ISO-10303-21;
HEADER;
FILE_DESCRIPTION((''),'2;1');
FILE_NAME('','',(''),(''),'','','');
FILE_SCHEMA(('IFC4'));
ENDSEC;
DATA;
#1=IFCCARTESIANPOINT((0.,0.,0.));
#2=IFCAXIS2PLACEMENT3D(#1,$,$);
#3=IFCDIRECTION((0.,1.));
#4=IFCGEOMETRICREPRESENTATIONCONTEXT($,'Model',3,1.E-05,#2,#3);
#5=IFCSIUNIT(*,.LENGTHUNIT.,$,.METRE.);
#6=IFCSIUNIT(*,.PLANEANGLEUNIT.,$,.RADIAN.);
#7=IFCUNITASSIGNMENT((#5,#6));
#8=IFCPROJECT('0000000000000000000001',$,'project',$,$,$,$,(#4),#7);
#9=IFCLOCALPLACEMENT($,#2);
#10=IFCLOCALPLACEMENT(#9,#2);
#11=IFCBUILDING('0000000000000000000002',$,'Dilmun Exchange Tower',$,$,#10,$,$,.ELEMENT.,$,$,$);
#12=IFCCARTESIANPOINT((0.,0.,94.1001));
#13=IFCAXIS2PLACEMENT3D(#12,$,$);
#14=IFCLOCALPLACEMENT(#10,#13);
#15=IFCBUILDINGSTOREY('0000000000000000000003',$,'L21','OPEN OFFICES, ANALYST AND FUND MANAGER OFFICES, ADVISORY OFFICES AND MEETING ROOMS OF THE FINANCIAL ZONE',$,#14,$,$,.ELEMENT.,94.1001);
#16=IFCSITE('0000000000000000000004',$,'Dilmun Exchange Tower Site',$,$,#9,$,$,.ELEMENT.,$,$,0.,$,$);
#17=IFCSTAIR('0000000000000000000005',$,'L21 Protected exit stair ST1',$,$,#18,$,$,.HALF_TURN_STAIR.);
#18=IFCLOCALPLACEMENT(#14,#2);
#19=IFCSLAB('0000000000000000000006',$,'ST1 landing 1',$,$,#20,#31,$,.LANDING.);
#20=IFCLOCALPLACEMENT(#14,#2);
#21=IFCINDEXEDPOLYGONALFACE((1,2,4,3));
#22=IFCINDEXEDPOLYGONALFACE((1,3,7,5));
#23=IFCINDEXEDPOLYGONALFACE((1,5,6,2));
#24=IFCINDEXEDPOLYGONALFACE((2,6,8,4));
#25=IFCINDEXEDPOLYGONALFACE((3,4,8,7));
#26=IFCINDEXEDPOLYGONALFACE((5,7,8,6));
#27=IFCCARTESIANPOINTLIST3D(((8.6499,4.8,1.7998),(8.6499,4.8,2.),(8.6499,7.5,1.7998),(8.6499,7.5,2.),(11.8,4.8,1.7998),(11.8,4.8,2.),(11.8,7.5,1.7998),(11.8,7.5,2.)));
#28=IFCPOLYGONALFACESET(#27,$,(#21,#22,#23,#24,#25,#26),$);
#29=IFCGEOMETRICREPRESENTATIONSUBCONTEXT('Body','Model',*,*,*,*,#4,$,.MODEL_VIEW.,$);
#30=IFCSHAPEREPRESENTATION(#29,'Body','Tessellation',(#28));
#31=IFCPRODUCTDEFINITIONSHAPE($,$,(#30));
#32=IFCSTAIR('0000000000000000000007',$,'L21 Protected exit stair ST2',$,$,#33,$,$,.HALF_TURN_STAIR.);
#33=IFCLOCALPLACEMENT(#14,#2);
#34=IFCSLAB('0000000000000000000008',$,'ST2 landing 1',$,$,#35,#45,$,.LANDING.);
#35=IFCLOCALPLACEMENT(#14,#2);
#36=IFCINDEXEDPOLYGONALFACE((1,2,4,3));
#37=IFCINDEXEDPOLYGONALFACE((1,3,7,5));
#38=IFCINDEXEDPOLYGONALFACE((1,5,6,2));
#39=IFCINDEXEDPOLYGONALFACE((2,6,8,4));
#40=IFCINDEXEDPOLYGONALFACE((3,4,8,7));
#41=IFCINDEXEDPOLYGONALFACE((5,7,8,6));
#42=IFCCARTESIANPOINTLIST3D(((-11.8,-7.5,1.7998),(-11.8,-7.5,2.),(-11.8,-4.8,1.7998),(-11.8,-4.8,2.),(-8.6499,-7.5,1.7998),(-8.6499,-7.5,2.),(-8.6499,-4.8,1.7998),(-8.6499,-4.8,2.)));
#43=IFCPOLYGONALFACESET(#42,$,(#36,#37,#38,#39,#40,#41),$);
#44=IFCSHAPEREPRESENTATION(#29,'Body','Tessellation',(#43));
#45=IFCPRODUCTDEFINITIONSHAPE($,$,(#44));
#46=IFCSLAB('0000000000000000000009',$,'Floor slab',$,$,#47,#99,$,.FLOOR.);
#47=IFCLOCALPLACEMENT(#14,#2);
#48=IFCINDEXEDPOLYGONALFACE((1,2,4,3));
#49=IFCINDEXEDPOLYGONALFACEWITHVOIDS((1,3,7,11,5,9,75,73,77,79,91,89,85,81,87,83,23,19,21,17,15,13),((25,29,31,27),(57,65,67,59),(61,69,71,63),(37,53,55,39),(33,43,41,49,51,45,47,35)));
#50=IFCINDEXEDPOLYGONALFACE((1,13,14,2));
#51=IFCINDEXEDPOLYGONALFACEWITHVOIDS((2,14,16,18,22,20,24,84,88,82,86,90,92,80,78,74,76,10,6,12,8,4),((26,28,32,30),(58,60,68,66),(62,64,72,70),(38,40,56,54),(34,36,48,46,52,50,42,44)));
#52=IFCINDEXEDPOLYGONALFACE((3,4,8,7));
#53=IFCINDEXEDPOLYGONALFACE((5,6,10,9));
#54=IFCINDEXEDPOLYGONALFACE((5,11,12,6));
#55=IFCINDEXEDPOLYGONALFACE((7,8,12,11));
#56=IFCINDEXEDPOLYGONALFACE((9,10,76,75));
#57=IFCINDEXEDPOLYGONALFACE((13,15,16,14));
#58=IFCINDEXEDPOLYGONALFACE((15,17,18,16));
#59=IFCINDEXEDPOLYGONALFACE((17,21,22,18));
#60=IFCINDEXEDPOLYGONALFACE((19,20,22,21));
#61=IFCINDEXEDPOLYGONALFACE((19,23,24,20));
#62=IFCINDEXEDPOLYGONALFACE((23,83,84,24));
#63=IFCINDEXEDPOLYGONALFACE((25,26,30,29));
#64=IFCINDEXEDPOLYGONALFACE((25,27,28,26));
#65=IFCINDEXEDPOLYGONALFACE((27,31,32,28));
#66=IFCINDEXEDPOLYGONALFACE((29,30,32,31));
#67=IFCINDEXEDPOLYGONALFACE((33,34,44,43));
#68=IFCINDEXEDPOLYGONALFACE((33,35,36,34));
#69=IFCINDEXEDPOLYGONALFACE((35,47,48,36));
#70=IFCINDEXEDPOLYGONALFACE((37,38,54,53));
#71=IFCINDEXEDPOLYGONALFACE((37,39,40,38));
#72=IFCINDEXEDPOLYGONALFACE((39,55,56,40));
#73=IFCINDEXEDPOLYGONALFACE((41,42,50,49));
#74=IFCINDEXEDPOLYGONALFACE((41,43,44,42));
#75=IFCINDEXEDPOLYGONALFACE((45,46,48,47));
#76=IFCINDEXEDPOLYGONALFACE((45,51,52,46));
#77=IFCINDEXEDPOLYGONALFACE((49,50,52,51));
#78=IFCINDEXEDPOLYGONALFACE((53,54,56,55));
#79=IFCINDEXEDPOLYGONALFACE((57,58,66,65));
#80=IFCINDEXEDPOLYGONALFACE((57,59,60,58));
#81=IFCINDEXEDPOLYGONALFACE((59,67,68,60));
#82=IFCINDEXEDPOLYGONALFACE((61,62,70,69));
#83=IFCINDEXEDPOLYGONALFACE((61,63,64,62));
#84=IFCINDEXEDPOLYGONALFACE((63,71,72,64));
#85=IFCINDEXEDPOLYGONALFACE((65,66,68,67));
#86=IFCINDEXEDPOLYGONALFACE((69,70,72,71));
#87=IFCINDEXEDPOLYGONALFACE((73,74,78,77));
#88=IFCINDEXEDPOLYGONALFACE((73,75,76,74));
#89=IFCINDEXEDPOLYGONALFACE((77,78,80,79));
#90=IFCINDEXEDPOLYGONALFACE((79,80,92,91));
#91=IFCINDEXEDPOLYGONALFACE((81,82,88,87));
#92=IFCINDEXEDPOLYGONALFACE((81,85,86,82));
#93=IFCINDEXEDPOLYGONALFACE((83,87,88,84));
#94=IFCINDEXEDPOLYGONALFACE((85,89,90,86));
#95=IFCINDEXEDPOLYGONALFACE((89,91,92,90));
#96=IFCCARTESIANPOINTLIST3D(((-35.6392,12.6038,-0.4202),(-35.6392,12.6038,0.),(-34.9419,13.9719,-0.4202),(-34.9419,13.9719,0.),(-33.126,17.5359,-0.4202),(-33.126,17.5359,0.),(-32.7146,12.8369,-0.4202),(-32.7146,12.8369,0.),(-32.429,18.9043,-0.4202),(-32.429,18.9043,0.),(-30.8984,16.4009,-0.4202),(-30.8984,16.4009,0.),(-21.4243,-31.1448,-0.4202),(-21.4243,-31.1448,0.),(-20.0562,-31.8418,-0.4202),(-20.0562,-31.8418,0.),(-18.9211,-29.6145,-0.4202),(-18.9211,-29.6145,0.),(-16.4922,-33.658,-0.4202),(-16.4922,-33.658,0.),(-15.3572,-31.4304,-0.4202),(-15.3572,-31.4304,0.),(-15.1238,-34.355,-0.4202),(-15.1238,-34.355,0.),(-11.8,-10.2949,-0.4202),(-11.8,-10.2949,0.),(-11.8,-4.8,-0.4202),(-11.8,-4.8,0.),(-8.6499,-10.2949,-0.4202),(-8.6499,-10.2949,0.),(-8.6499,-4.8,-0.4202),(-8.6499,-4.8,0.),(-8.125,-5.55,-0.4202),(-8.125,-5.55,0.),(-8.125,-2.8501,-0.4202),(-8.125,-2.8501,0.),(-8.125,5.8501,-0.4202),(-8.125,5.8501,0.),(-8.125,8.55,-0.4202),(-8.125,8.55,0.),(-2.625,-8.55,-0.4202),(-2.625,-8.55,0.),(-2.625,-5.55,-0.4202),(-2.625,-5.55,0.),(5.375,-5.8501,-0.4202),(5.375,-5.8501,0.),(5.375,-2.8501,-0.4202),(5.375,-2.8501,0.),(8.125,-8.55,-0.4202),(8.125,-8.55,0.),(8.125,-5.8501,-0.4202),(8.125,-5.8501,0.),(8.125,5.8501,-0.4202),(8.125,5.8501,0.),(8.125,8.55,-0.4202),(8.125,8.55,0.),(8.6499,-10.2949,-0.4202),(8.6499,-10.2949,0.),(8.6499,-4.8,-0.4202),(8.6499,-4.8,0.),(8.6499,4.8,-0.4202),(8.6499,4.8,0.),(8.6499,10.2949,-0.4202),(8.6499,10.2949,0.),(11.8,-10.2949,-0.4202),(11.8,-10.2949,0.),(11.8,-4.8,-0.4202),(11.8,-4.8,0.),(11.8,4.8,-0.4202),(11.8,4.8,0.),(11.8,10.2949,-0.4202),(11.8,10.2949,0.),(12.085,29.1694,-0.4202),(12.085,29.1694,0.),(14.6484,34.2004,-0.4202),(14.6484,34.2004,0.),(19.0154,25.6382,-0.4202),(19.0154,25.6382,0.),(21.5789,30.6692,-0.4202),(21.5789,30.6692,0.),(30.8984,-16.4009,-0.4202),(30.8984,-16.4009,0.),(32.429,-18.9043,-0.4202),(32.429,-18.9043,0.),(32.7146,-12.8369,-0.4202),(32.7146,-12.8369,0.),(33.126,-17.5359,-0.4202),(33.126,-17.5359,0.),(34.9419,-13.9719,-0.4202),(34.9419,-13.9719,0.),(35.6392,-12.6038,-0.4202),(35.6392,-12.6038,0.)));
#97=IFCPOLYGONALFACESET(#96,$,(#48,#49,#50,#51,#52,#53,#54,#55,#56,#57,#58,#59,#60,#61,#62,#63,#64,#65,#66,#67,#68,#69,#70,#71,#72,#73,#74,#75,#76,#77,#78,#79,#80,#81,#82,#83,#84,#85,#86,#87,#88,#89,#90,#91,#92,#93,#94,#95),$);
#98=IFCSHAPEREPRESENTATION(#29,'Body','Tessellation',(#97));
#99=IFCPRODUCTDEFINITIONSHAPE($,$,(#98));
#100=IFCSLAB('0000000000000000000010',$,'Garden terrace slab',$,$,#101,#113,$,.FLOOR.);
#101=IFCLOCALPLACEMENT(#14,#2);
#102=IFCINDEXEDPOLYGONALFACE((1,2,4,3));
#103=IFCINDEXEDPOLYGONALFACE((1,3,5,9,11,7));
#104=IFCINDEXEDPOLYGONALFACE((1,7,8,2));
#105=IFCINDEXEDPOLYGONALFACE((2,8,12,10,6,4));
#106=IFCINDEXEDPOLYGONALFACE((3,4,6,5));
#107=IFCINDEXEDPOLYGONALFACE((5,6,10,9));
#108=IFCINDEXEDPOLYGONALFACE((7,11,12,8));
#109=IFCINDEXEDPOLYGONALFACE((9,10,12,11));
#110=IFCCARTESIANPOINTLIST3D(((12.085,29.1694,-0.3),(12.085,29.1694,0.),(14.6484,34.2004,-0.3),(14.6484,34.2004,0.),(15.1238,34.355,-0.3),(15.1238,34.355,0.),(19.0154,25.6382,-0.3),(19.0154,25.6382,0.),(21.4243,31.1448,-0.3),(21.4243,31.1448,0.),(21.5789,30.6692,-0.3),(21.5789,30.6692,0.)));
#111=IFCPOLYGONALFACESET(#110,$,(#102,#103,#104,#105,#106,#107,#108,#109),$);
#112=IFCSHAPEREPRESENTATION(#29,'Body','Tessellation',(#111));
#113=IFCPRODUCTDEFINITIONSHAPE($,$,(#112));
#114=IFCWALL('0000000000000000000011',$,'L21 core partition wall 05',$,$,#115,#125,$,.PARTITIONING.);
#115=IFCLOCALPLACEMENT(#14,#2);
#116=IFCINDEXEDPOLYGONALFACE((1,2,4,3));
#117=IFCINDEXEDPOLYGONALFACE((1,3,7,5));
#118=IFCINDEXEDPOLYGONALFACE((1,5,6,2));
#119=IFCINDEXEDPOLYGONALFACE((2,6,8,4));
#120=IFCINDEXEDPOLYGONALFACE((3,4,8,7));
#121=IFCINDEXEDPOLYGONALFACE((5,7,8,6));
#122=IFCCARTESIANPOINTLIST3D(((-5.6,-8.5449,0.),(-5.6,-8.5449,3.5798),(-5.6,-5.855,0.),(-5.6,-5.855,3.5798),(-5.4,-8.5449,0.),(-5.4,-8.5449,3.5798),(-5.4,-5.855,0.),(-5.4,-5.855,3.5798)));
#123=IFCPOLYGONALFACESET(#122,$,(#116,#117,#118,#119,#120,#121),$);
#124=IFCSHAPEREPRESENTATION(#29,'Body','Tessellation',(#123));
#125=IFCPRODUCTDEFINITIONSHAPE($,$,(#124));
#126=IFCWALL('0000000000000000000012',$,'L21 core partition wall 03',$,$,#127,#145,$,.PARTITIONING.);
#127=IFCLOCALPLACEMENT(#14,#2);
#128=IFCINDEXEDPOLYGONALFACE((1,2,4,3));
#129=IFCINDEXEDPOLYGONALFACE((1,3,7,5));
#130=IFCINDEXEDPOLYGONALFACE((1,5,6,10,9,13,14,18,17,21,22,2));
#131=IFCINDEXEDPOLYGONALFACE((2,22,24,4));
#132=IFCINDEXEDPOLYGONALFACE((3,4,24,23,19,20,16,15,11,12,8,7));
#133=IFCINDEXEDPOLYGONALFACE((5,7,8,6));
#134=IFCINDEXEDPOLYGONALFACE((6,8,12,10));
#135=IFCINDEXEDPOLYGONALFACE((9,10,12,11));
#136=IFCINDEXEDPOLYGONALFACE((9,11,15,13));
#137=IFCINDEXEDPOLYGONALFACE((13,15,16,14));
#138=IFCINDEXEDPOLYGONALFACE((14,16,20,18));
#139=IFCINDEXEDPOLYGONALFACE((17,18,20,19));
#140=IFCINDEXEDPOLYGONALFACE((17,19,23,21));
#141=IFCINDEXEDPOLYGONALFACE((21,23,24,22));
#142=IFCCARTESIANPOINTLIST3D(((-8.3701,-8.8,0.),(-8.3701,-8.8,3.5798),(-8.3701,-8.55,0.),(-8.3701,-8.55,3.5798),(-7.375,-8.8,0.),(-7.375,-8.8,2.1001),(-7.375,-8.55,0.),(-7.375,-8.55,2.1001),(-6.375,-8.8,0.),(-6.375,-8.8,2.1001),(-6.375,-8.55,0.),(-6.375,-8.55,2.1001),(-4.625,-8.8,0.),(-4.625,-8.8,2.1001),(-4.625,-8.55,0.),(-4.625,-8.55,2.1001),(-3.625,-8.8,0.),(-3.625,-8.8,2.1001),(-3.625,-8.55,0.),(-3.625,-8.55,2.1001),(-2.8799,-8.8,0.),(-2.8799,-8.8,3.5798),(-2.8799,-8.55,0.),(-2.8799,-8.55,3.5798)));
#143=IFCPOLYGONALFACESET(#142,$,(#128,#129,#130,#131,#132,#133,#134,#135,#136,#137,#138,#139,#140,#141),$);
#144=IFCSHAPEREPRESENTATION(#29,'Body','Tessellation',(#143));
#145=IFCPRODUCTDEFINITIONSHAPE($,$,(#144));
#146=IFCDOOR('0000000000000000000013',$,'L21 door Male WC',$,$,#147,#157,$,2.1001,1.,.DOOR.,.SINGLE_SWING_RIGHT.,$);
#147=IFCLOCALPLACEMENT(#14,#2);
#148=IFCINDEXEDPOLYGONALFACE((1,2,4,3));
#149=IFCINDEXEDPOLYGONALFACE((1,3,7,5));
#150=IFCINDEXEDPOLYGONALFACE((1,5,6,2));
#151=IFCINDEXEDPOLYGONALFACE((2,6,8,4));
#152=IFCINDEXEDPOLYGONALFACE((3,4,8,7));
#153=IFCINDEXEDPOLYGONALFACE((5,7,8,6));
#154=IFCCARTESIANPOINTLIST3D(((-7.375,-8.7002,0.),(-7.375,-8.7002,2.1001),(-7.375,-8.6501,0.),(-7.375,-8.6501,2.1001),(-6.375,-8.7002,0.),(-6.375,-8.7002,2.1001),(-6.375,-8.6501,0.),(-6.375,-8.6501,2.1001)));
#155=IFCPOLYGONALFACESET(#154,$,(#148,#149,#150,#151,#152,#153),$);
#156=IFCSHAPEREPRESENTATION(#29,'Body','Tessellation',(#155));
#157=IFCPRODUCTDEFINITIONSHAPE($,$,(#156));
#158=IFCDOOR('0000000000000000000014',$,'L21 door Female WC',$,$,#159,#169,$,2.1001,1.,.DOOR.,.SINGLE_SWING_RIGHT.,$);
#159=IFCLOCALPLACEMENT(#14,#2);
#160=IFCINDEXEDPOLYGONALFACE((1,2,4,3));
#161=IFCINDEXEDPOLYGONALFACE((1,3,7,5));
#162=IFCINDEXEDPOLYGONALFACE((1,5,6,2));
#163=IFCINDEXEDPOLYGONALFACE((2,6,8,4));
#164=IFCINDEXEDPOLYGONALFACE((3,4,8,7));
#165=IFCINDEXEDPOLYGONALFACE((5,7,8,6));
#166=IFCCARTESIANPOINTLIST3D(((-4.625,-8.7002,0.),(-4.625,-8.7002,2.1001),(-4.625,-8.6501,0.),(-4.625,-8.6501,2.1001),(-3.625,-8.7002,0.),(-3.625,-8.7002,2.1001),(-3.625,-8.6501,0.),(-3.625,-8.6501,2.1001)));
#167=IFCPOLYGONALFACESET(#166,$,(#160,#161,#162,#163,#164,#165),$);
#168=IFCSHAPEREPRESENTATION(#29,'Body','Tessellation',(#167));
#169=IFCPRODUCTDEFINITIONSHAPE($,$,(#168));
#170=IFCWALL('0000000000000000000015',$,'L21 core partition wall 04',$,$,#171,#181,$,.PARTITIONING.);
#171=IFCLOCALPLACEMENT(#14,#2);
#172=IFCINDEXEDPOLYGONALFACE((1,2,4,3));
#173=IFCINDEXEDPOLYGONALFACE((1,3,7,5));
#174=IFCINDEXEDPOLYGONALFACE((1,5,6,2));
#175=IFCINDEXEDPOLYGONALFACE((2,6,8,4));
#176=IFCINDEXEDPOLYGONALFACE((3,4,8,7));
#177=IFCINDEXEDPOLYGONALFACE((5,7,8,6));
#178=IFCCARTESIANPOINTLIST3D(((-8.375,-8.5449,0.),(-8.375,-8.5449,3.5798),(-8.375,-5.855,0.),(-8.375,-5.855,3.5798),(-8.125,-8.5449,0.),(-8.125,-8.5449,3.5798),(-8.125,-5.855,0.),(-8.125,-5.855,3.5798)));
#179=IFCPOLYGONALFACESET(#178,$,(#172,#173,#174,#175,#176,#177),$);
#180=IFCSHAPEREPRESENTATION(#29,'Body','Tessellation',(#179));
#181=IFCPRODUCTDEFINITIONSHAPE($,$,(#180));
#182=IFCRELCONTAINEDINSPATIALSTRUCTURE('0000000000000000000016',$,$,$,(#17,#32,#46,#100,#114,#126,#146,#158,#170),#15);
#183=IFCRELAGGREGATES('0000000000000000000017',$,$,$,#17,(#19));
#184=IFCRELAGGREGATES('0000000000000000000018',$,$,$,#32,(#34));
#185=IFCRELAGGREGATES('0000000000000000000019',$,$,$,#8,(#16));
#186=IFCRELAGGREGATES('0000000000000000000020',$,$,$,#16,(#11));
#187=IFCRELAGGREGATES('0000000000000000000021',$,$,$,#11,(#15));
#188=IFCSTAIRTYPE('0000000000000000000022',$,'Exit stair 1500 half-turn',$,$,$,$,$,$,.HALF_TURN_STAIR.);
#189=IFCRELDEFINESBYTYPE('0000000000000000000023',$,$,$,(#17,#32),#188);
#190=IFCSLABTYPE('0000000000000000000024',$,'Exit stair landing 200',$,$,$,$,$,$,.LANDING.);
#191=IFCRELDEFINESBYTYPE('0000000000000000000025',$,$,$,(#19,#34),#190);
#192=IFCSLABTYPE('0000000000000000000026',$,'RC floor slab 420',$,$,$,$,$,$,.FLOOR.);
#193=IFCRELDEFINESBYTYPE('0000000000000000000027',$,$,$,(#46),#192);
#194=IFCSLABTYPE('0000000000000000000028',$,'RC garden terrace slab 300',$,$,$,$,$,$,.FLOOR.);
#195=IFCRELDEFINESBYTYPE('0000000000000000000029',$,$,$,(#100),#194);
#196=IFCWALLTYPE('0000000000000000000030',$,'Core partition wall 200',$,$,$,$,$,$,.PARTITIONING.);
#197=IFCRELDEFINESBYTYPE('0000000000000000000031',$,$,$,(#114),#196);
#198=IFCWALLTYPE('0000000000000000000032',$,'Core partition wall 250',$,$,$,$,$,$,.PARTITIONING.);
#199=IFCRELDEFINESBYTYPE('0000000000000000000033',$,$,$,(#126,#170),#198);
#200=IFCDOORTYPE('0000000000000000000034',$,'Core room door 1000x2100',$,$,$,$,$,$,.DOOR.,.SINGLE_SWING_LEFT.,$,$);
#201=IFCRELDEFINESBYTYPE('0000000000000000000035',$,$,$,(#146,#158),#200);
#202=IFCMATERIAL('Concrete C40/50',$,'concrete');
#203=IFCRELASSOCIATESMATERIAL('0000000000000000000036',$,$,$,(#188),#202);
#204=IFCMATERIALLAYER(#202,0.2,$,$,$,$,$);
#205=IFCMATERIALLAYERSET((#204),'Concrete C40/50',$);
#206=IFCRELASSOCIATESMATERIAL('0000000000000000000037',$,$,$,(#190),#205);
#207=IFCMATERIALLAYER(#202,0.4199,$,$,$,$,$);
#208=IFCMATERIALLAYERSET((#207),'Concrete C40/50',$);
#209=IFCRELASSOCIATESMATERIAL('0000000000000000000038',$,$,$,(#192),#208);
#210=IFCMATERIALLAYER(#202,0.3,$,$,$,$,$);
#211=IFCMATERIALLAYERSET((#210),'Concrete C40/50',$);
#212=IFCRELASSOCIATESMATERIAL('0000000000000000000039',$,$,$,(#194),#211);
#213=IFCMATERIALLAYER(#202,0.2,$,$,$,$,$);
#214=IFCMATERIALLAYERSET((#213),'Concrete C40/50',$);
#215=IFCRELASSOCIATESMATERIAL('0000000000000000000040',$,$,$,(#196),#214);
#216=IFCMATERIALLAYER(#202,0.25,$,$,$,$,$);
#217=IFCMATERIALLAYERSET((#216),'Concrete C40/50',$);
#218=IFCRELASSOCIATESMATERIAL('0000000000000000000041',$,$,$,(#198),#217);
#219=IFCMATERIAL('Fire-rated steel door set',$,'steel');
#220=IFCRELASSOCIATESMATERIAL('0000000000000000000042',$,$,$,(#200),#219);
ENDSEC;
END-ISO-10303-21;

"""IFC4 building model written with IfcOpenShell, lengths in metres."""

from ifc_helpers import new_model, si_unit, direction, frame, frame_2d, origin, place, context, subcontext, project, spatial, polyline, rectangle, outline, extrude, material, layer, layer_set, type_object, element, fill, aggregate, save


model = new_model("IFC4")

# Units and contexts
model_context = context("Model", 3, precision=1e-05, world=origin(), true_north=direction((0.0, 1.0)))
body_context = subcontext(model_context, "Body", "Model", "MODEL_VIEW")
ifc_project = project(units=[si_unit("LENGTHUNIT", "METRE"), si_unit("PLANEANGLEUNIT", "RADIAN")], contexts=[model_context])

# Site, building, storey
site_placement = place(None, origin())
site = spatial("IfcSite", under=ifc_project, at=site_placement, Name="Dilmun Exchange Tower Site", CompositionType="ELEMENT", RefElevation=0.0)
building_placement = place(site_placement, origin())
building = spatial("IfcBuilding", under=site, at=building_placement, Name="Dilmun Exchange Tower", CompositionType="ELEMENT")
storey_placement = place(building_placement, frame((0.0, 0.0, 94.1001)))
storey = spatial("IfcBuildingStorey", under=building, at=storey_placement, Name="L21", Description="OPEN OFFICES, ANALYST AND FUND MANAGER OFFICES, ADVISORY OFFICES AND MEETING ROOMS OF THE FINANCIAL ZONE", CompositionType="ELEMENT", Elevation=94.1001)

# Stairs, slabs
ifc_material_1 = material(Name="Concrete C40/50", Category="concrete")
stair_type = type_object("IfcStairType", Name="Exit stair 1500 half-turn", PredefinedType="HALF_TURN_STAIR", material=ifc_material_1)
stair_1_placement = place(storey_placement, origin())
stair_1 = element("IfcStair", 1, at=stair_1_placement, inside=storey, type_object=stair_type, Name="L21 Protected exit stair ST1", PredefinedType="HALF_TURN_STAIR")
ifc_layer_1 = layer(ifc_material_1, 0.2)
ifc_layer_set_1 = layer_set([ifc_layer_1], Name="Concrete C40/50")
slab_type_1 = type_object("IfcSlabType", Name="Exit stair landing 200", PredefinedType="LANDING", material=ifc_layer_set_1)
slab_1_placement = place(storey_placement, frame((0.0, 0.0, 1.7998)))
slab_1 = element("IfcSlab", 2, at=slab_1_placement, type_object=slab_type_1, Name="ST1 landing 1", PredefinedType="LANDING", context=body_context, shape_type="SweptSolid", body=[
    extrude(outline(polyline([(8.6499, 7.5), (8.6499, 4.8), (11.8, 4.8), (11.8, 7.5), (8.6499, 7.5)])), origin(), (0.0, 0.0, 1.0), 0.2002),
])
aggregate(stair_1, [slab_1])
stair_2_placement = place(storey_placement, origin())
stair_2 = element("IfcStair", 3, at=stair_2_placement, inside=storey, type_object=stair_type, Name="L21 Protected exit stair ST2", PredefinedType="HALF_TURN_STAIR")
slab_2_placement = place(storey_placement, frame((0.0, 0.0, 1.7998)))
slab_2 = element("IfcSlab", 4, at=slab_2_placement, type_object=slab_type_1, Name="ST2 landing 1", PredefinedType="LANDING", context=body_context, shape_type="SweptSolid", body=[
    extrude(outline(polyline([(-8.6499, -7.5), (-8.6499, -4.8), (-11.8, -4.8), (-11.8, -7.5), (-8.6499, -7.5)])), origin(), (0.0, 0.0, 1.0), 0.2002),
])
aggregate(stair_2, [slab_2])

# Slabs
ifc_layer_2 = layer(ifc_material_1, 0.4199)
ifc_layer_set_2 = layer_set([ifc_layer_2], Name="Concrete C40/50")
slab_type_2 = type_object("IfcSlabType", Name="RC floor slab 420", PredefinedType="FLOOR", material=ifc_layer_set_2)
slab_3_placement = place(storey_placement, frame((0.0, 0.0, -0.4202)))
element("IfcSlab", 5, at=slab_3_placement, inside=storey, type_object=slab_type_2, Name="Floor slab", PredefinedType="FLOOR", context=body_context, shape_type="SweptSolid", body=[
    extrude(outline(polyline([(34.9419, -13.9719), (32.7146, -12.8369), (30.8984, -16.4009), (33.126, -17.5359), (32.429, -18.9043), (-15.1238, -34.355), (-16.4922, -33.658), (-15.3572, -31.4304), (-18.9211, -29.6145), (-20.0562, -31.8418), (-21.4243, -31.1448), (-35.6392, 12.6038), (-34.9419, 13.9719), (-32.7146, 12.8369), (-30.8984, 16.4009), (-33.126, 17.5359), (-32.429, 18.9043), (14.6484, 34.2004), (12.085, 29.1694), (19.0154, 25.6382), (21.5789, 30.6692), (35.6392, -12.6038), (34.9419, -13.9719)]), holes=[polyline([(-8.6499, -4.8), (-11.8, -4.8), (-11.8, -10.2949), (-8.6499, -10.2949), (-8.6499, -4.8)]), polyline([(11.8, -4.8), (8.6499, -4.8), (8.6499, -10.2949), (11.8, -10.2949), (11.8, -4.8)]), polyline([(-8.125, -2.8501), (-8.125, -5.55), (-2.625, -5.55), (-2.625, -8.55), (8.125, -8.55), (8.125, -5.8501), (5.375, -5.8501), (5.375, -2.8501), (-8.125, -2.8501)]), polyline([(-8.125, 5.8501), (8.125, 5.8501), (8.125, 8.55), (-8.125, 8.55), (-8.125, 5.8501)]), polyline([(8.6499, 10.2949), (8.6499, 4.8), (11.8, 4.8), (11.8, 10.2949), (8.6499, 10.2949)])]), origin(), (0.0, 0.0, 1.0), 0.4202),
])
ifc_layer_3 = layer(ifc_material_1, 0.3)
ifc_layer_set_3 = layer_set([ifc_layer_3], Name="Concrete C40/50")
slab_type_3 = type_object("IfcSlabType", Name="RC garden terrace slab 300", PredefinedType="FLOOR", material=ifc_layer_set_3)
slab_4_placement = place(storey_placement, frame((0.0, 0.0, -0.3)))
element("IfcSlab", 6, at=slab_4_placement, inside=storey, type_object=slab_type_3, Name="Garden terrace slab", PredefinedType="FLOOR", context=body_context, shape_type="SweptSolid", body=[
    extrude(outline(polyline([(12.085, 29.1694), (14.6484, 34.2004), (15.1238, 34.355), (21.4243, 31.1448), (21.5789, 30.6692), (19.0154, 25.6382), (12.085, 29.1694)])), origin(), (0.0, 0.0, 1.0), 0.3),
])

# Wall
ifc_layer_4 = layer(ifc_material_1, 0.2)
ifc_layer_set_4 = layer_set([ifc_layer_4], Name="Concrete C40/50")
wall_type_1 = type_object("IfcWallType", Name="Core partition wall 200", PredefinedType="PARTITIONING", material=ifc_layer_set_4)
wall_1_placement = place(storey_placement, frame((-5.5, -8.5449, 0.0), z_axis=(0.0, 0.0, 1.0), x_axis=(0.0, 1.0, 0.0)))
element("IfcWall", 7, at=wall_1_placement, inside=storey, type_object=wall_type_1, Name="L21 core partition wall 05", PredefinedType="PARTITIONING", context=body_context, shape_type="SweptSolid", body=[
    extrude(rectangle(XDim=2.6899, YDim=0.2, at=frame_2d((1.345, 0.0))), origin(), (0.0, 0.0, 1.0), 3.5798),
])

# Wall, openings, doors
ifc_layer_5 = layer(ifc_material_1, 0.25)
ifc_layer_set_5 = layer_set([ifc_layer_5], Name="Concrete C40/50")
wall_type_2 = type_object("IfcWallType", Name="Core partition wall 250", PredefinedType="PARTITIONING", material=ifc_layer_set_5)
wall_2_placement = place(storey_placement, frame((-8.3701, -8.675, 0.0), z_axis=(0.0, 0.0, 1.0), x_axis=(1.0, 0.0, 0.0)))
wall_2 = element("IfcWall", 8, at=wall_2_placement, inside=storey, type_object=wall_type_2, Name="L21 core partition wall 03", PredefinedType="PARTITIONING", context=body_context, shape_type="SweptSolid", body=[
    extrude(rectangle(XDim=5.4902, YDim=0.25, at=frame_2d((2.7451, 0.0))), origin(), (0.0, 0.0, 1.0), 3.5798),
])
opening_1_placement = place(wall_2_placement, frame((0.9951, 0.0, 0.0)))
opening_1 = element("IfcOpeningElement", 9, at=opening_1_placement, cuts=wall_2, PredefinedType="OPENING", context=body_context, shape_type="SweptSolid", body=[
    extrude(rectangle(XDim=1.0, YDim=2.1001, at=frame_2d((0.5, 1.05))), frame((0.0, 0.135, 0.0), z_axis=(0.0, -1.0, 0.0), x_axis=(1.0, 0.0, 0.0)), (0.0, 0.0, 1.0), 0.27),
])
opening_2_placement = place(wall_2_placement, frame((3.7451, 0.0, 0.0)))
opening_2 = element("IfcOpeningElement", 10, at=opening_2_placement, cuts=wall_2, PredefinedType="OPENING", context=body_context, shape_type="SweptSolid", body=[
    extrude(rectangle(XDim=1.0, YDim=2.1001, at=frame_2d((0.5, 1.05))), frame((0.0, 0.135, 0.0), z_axis=(0.0, -1.0, 0.0), x_axis=(1.0, 0.0, 0.0)), (0.0, 0.0, 1.0), 0.27),
])
ifc_material_2 = material(Name="Fire-rated steel door set", Category="steel")
door_type_1 = type_object("IfcDoorType", Name="Core room door 1000x2100", OperationType="SINGLE_SWING_LEFT", PredefinedType="DOOR", material=ifc_material_2)
door_1_placement = place(opening_1_placement, origin())
door_1 = element("IfcDoor", 11, at=door_1_placement, inside=storey, type_object=door_type_1, Name="L21 door Male WC", OperationType="SINGLE_SWING_RIGHT", OverallHeight=2.1001, OverallWidth=1.0, PredefinedType="DOOR", context=body_context, shape_type="SweptSolid", body=[
    extrude(rectangle(XDim=1.0, YDim=2.1001, at=frame_2d((0.5, 1.05))), frame((0.0, 0.0249, 0.0), z_axis=(0.0, -1.0, 0.0), x_axis=(1.0, 0.0, 0.0)), (0.0, 0.0, 1.0), 0.05),
])
fill(opening_1, door_1)
door_2_placement = place(opening_2_placement, origin())
door_2 = element("IfcDoor", 12, at=door_2_placement, inside=storey, type_object=door_type_1, Name="L21 door Female WC", OperationType="SINGLE_SWING_RIGHT", OverallHeight=2.1001, OverallWidth=1.0, PredefinedType="DOOR", context=body_context, shape_type="SweptSolid", body=[
    extrude(rectangle(XDim=1.0, YDim=2.1001, at=frame_2d((0.5, 1.05))), frame((0.0, 0.0249, 0.0), z_axis=(0.0, -1.0, 0.0), x_axis=(1.0, 0.0, 0.0)), (0.0, 0.0, 1.0), 0.05),
])
fill(opening_2, door_2)

# Wall
wall_3_placement = place(storey_placement, frame((-8.25, -8.5449, 0.0), z_axis=(0.0, 0.0, 1.0), x_axis=(0.0, 1.0, 0.0)))
element("IfcWall", 13, at=wall_3_placement, inside=storey, type_object=wall_type_2, Name="L21 core partition wall 04", PredefinedType="PARTITIONING", context=body_context, shape_type="SweptSolid", body=[
    extrude(rectangle(XDim=2.6899, YDim=0.25, at=frame_2d((1.345, 0.0))), origin(), (0.0, 0.0, 1.0), 3.5798),
])

save(model, "model.ifc")
